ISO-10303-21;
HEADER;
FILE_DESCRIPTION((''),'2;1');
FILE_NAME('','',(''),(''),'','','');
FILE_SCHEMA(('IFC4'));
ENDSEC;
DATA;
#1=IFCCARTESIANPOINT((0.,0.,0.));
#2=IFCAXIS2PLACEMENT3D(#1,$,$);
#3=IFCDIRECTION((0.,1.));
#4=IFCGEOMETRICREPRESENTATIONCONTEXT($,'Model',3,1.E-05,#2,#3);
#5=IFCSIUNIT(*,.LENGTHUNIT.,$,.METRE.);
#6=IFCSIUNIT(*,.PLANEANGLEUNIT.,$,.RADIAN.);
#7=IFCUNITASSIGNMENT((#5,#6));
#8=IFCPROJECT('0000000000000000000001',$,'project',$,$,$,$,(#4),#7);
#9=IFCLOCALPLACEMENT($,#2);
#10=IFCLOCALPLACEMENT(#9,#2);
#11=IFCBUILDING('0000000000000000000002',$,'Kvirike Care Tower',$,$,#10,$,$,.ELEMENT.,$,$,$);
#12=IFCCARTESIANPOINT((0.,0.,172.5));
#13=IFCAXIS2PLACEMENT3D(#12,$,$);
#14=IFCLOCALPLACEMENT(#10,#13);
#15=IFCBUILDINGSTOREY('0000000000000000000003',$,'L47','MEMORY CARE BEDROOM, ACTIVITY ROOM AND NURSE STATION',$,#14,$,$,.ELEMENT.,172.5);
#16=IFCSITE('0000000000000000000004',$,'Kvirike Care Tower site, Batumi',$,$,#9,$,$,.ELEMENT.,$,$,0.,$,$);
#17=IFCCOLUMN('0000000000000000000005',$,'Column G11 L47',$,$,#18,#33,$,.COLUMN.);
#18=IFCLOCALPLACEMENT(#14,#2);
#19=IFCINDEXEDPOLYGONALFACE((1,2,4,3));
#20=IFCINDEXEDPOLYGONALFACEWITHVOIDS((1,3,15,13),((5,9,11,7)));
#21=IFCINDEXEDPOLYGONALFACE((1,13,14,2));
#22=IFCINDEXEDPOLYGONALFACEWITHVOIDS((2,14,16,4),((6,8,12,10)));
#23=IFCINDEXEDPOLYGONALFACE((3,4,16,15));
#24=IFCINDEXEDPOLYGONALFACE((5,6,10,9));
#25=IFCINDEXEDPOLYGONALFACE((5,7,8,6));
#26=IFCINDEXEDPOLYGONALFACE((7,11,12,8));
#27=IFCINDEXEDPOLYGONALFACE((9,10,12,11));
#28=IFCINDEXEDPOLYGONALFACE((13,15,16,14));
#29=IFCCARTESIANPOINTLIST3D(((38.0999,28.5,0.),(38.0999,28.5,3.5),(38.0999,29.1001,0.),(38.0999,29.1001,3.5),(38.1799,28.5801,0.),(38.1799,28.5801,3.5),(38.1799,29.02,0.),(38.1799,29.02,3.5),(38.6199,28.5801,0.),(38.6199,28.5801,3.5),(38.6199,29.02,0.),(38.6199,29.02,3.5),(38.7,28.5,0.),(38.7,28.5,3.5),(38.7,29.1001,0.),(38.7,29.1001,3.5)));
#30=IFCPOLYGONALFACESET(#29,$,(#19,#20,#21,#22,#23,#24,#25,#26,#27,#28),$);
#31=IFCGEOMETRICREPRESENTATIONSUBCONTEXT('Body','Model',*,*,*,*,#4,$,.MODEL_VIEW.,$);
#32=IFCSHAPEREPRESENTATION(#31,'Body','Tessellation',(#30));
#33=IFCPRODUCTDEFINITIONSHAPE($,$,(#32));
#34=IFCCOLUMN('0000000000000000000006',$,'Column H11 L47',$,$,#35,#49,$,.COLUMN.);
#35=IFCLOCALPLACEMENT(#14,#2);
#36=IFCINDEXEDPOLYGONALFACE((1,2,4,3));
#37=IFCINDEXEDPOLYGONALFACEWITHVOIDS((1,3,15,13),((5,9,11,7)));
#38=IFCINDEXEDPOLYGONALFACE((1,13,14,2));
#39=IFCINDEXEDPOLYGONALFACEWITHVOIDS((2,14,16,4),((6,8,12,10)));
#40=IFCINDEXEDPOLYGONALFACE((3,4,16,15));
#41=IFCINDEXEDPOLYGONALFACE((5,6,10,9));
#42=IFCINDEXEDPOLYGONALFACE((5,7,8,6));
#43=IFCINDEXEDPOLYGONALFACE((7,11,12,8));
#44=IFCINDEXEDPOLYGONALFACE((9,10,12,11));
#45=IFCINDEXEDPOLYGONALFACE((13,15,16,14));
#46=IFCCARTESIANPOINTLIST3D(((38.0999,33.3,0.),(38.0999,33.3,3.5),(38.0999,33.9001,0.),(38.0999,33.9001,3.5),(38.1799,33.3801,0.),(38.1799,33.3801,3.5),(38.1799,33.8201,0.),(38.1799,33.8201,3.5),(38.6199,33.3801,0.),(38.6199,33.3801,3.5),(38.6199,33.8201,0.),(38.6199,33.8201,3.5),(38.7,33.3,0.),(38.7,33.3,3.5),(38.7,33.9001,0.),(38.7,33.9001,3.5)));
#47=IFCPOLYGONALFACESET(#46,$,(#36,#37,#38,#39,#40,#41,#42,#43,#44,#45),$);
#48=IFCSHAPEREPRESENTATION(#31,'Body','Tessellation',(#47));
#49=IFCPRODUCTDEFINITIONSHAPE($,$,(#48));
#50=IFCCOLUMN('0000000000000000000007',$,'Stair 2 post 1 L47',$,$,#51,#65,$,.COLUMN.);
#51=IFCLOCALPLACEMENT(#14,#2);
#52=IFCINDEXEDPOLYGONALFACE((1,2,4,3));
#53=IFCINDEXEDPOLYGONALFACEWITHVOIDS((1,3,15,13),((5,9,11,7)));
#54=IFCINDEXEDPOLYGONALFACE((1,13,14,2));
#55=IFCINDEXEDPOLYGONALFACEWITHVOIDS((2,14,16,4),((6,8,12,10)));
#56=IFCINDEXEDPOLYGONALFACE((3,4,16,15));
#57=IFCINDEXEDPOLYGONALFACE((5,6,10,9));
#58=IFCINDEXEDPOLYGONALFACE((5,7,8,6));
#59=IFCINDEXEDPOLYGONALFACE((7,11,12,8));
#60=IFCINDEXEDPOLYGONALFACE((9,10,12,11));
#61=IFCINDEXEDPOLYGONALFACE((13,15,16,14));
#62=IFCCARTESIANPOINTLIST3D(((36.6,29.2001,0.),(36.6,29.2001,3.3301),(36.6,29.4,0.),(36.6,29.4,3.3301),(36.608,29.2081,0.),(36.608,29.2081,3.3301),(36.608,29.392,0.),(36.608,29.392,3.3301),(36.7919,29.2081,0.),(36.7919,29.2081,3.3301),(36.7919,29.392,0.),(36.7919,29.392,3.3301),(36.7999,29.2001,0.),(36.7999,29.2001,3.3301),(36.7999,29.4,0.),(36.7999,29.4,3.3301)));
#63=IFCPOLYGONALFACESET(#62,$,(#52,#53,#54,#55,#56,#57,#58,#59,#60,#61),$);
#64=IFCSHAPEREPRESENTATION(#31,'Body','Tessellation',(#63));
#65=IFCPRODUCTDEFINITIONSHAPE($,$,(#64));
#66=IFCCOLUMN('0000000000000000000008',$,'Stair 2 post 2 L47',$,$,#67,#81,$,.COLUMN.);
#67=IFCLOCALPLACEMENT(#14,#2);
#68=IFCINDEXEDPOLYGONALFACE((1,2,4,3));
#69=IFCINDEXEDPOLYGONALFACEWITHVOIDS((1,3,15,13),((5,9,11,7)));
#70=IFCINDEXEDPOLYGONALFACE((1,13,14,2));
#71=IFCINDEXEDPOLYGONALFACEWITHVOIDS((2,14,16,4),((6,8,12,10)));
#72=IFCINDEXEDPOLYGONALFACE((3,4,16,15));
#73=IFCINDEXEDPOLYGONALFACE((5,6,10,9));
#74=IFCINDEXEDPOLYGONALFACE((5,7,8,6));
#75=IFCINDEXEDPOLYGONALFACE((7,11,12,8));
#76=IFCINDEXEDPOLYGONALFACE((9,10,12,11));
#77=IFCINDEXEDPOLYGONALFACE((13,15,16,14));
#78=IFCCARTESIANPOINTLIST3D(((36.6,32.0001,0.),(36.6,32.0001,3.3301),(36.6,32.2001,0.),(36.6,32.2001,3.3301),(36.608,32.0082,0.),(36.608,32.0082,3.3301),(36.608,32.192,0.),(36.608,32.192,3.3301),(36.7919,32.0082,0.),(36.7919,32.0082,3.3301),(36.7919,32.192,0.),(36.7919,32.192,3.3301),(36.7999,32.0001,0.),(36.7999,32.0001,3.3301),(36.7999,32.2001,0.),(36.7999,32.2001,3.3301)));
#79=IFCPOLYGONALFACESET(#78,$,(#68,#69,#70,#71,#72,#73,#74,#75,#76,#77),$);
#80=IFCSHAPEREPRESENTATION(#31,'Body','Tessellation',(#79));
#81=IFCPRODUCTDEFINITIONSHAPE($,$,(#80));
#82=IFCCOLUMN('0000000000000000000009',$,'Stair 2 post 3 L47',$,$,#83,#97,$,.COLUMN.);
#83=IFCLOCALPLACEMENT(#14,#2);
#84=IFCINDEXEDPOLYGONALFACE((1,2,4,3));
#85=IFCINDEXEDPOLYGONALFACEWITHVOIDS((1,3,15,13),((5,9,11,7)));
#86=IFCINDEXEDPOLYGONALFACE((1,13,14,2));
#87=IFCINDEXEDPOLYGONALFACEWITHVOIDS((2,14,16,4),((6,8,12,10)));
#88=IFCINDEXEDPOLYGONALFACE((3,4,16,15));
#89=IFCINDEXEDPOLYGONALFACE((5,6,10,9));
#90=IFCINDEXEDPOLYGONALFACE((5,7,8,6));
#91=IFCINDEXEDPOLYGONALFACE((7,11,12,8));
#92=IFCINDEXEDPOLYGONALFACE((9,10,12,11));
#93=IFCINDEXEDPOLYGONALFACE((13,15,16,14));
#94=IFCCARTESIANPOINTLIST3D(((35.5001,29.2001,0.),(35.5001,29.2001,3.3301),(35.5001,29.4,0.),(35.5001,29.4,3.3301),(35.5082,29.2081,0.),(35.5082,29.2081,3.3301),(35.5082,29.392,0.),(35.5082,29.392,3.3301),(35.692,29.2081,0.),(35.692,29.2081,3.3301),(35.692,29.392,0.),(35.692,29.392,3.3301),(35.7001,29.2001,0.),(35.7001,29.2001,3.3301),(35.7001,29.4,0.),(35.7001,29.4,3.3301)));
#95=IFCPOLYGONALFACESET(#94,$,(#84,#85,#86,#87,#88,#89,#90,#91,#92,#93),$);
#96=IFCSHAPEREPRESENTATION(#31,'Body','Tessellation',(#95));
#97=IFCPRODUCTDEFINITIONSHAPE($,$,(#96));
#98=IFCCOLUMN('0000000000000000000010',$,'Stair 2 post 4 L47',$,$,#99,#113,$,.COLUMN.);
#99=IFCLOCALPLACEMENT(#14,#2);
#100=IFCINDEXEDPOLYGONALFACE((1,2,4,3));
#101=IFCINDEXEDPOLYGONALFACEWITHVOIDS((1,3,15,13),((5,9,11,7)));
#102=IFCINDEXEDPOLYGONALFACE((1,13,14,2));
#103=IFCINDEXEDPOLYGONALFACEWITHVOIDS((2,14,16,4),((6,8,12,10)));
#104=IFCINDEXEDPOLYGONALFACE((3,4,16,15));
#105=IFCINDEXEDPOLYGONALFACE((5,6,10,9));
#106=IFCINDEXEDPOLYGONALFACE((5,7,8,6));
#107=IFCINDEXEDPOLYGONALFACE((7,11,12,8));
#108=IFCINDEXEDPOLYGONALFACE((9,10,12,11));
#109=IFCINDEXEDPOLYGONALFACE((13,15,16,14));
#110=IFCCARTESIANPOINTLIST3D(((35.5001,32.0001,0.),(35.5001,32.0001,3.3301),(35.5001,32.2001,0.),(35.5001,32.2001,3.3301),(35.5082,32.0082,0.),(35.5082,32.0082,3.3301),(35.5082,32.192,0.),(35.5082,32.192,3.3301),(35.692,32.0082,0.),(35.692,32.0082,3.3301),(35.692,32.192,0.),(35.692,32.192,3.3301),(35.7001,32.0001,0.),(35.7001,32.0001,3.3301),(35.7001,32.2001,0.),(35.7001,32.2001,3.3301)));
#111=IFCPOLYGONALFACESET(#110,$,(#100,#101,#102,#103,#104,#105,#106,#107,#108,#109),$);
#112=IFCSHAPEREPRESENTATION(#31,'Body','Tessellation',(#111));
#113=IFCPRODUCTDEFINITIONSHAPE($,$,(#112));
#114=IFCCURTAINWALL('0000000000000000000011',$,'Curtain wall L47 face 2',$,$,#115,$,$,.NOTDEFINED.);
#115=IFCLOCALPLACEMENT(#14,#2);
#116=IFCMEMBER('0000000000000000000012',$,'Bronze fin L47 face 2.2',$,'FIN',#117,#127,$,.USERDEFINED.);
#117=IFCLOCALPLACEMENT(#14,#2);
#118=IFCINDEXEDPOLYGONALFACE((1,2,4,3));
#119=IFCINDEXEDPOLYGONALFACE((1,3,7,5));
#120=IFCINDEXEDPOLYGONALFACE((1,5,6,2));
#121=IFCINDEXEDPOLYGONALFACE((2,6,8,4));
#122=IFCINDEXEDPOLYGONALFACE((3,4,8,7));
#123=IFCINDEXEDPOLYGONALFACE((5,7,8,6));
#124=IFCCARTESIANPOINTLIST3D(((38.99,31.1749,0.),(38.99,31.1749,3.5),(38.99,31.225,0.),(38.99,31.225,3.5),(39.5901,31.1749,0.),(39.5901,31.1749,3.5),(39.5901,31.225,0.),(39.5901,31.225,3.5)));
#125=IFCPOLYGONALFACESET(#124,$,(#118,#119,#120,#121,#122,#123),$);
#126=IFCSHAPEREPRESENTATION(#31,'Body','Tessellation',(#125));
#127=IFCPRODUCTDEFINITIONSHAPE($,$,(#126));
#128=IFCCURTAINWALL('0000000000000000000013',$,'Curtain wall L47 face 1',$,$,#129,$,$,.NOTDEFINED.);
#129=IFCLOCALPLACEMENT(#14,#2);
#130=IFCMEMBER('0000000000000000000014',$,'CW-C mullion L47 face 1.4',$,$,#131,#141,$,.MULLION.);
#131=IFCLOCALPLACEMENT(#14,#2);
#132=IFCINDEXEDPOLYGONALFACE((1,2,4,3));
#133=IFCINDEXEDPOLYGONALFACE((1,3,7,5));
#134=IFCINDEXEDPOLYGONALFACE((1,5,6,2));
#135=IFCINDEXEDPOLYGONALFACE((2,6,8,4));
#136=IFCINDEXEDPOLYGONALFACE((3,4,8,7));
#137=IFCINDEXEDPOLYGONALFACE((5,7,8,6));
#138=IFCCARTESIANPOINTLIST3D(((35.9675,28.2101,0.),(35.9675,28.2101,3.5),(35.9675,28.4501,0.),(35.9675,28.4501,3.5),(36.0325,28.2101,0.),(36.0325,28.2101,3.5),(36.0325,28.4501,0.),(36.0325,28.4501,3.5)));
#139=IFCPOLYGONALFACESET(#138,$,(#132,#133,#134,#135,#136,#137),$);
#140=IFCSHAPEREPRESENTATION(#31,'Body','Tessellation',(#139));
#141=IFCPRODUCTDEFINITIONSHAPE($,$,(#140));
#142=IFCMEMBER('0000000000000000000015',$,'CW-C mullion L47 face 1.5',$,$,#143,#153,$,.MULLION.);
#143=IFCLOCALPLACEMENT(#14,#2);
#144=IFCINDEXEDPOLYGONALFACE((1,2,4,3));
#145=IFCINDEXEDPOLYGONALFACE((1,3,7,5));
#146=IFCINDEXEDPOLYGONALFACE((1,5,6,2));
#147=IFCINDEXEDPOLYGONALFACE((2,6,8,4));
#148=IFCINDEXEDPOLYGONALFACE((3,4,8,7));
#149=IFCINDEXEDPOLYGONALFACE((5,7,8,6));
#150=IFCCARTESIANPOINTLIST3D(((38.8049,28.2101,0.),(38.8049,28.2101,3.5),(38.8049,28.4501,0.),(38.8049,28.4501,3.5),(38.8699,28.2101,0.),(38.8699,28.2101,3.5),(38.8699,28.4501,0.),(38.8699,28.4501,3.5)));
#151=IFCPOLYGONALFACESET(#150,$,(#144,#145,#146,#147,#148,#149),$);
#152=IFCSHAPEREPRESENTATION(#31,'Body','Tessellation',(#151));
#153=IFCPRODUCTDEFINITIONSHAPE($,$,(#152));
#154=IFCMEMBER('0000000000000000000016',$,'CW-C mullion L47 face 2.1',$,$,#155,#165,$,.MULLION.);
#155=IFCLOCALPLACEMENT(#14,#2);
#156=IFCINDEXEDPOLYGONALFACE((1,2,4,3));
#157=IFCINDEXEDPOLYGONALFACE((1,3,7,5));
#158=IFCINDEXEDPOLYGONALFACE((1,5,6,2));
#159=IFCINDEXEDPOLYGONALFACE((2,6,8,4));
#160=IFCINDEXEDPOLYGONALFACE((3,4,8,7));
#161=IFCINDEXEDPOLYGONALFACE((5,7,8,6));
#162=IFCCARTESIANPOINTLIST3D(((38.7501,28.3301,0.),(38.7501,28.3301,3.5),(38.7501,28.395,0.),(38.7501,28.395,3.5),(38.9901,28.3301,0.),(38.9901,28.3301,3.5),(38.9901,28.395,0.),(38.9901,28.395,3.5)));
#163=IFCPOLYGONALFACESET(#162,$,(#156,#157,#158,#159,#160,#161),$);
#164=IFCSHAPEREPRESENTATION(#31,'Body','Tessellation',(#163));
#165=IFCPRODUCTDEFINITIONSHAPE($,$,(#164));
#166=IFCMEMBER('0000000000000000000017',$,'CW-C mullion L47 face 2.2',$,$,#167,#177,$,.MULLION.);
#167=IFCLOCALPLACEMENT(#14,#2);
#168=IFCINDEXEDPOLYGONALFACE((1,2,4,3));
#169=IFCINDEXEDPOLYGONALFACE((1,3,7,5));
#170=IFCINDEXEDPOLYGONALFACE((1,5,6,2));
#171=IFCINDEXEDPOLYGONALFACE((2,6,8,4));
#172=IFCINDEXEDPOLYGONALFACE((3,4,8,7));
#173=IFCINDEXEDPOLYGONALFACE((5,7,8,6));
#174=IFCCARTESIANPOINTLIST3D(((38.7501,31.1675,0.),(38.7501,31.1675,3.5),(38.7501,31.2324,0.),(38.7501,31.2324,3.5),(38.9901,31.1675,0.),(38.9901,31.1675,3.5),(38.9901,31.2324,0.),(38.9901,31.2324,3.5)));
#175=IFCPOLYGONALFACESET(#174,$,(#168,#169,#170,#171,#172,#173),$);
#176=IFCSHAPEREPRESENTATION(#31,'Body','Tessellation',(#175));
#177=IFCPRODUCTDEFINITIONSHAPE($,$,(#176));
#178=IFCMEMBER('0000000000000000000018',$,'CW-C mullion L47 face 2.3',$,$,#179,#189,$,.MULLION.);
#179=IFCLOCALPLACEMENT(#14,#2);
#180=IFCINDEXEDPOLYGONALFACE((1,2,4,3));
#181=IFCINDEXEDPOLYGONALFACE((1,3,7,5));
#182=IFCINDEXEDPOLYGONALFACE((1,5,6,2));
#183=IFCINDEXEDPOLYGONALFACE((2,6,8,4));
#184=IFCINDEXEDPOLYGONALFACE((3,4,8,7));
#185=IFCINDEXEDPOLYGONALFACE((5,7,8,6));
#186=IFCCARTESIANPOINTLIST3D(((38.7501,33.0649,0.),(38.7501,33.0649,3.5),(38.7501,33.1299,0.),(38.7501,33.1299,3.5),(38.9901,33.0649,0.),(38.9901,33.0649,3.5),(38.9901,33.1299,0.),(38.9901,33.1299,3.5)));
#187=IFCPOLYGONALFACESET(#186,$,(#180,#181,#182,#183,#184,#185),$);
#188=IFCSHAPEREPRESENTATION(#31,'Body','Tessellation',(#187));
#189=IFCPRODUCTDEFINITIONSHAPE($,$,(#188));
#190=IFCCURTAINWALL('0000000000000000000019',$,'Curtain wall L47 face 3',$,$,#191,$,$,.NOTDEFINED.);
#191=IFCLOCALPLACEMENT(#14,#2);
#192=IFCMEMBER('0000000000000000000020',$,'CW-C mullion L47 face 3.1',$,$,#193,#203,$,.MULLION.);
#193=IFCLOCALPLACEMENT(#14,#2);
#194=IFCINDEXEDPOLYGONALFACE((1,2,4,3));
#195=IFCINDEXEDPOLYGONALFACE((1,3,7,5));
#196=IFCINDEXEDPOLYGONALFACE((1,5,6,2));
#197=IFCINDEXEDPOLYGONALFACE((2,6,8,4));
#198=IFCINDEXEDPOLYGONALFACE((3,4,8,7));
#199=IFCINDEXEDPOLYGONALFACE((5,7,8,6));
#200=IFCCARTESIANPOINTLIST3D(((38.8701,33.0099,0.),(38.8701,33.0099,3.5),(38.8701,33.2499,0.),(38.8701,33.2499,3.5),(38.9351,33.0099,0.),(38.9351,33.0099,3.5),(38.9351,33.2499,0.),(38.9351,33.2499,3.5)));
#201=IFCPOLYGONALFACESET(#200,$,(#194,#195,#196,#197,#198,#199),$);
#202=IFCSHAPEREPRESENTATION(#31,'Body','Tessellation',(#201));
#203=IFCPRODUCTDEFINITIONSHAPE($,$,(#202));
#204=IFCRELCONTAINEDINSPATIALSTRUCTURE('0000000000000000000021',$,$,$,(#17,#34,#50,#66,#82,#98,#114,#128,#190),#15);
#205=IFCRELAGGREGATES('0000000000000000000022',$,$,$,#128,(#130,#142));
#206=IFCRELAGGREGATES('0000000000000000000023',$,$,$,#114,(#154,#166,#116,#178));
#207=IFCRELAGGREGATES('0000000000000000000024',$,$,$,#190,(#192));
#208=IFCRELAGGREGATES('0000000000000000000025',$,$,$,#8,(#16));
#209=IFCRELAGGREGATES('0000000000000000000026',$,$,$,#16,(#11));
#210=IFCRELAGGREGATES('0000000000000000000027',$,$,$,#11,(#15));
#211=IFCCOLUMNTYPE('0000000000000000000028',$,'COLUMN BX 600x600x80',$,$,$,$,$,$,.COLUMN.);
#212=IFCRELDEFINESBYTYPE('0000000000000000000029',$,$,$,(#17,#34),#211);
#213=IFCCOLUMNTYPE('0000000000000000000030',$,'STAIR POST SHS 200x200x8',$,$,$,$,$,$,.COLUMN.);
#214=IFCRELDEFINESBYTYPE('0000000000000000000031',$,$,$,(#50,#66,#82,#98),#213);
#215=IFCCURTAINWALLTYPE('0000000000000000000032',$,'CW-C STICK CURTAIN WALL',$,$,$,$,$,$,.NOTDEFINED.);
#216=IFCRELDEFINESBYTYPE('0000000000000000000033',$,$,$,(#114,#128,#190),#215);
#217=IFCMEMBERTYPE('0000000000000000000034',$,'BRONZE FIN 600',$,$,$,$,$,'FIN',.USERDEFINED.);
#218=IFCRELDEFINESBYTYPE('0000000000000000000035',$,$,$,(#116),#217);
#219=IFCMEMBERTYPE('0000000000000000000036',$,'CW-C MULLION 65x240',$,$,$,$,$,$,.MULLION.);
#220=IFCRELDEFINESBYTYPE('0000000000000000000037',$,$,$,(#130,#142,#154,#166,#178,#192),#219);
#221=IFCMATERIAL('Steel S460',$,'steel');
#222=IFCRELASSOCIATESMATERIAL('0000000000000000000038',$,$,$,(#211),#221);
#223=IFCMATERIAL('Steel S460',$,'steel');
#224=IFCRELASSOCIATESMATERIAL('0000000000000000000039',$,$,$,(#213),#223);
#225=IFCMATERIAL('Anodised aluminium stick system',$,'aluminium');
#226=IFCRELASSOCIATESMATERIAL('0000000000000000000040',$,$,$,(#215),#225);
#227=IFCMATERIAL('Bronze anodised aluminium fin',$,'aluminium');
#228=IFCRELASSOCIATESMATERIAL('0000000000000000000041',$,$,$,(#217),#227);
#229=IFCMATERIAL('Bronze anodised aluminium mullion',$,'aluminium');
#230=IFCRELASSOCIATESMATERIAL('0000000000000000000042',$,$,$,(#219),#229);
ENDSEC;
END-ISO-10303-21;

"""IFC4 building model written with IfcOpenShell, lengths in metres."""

from ifc_helpers import new_model, si_unit, direction, frame, origin, origin_2d, place, context, subcontext, project, spatial, rectangle, hollow_rectangle, extrude, material, material_profile, profile_set, type_object, element, aggregate, save


model = new_model("IFC4")

# Units and contexts
model_context = context("Model", 3, precision=1e-05, world=origin(), true_north=direction((0.0, 1.0)))
body_context = subcontext(model_context, "Body", "Model", "MODEL_VIEW")
ifc_project = project(units=[si_unit("LENGTHUNIT", "METRE"), si_unit("PLANEANGLEUNIT", "RADIAN")], contexts=[model_context])

# Site, building, storey
site_placement = place(None, origin())
site = spatial("IfcSite", under=ifc_project, at=site_placement, Name="Kvirike Care Tower site, Batumi", CompositionType="ELEMENT", RefElevation=0.0)
building_placement = place(site_placement, origin())
building = spatial("IfcBuilding", under=site, at=building_placement, Name="Kvirike Care Tower", CompositionType="ELEMENT")
storey_placement = place(building_placement, frame((0.0, 0.0, 172.5)))
storey = spatial("IfcBuildingStorey", under=building, at=storey_placement, Name="L47", Description="MEMORY CARE BEDROOM, ACTIVITY ROOM AND NURSE STATION", CompositionType="ELEMENT", Elevation=172.5)

# Columns
ifc_material_1 = material(Name="Steel S460", Category="steel")
ifc_material_profile_1 = material_profile(ifc_material_1, hollow_rectangle(XDim=0.6001, YDim=0.6001, WallThickness=0.0801, at=origin_2d()), Name="BX 600x600x80")
ifc_profile_set_1 = profile_set([ifc_material_profile_1], Name="Steel S460")
column_type_1 = type_object("IfcColumnType", Name="COLUMN BX 600x600x80", PredefinedType="COLUMN", material=ifc_profile_set_1)
for number, where, z_axis, x_axis, name in (
    (1, (38.3999, 28.8, 0.0), (0.0, 0.0, 1.0), (0.0, 1.0, 0.0), "Column G11 L47"),
    (2, (38.3999, 33.6001, 0.0), (0.0, 0.0, 1.0), (0.0, 1.0, 0.0), "Column H11 L47"),
):
    element("IfcColumn", number, at=place(storey_placement, frame(where, z_axis=z_axis, x_axis=x_axis)), inside=storey, type_object=column_type_1, Name=name, PredefinedType="COLUMN", context=body_context, shape_type="SweptSolid", body=[
        extrude(hollow_rectangle(XDim=0.6001, YDim=0.6001, WallThickness=0.0801, at=origin_2d()), origin(), (0.0, 0.0, 1.0), 3.5),
    ])
ifc_material_2 = material(Name="Steel S460", Category="steel")
ifc_material_profile_2 = material_profile(ifc_material_2, hollow_rectangle(XDim=0.2, YDim=0.2, WallThickness=0.0081, at=origin_2d()), Name="SHS 200x200x8")
ifc_profile_set_2 = profile_set([ifc_material_profile_2], Name="Steel S460")
column_type_2 = type_object("IfcColumnType", Name="STAIR POST SHS 200x200x8", PredefinedType="COLUMN", material=ifc_profile_set_2)
for number, where, z_axis, x_axis, name in (
    (3, (36.7, 29.3, 0.0), (0.0, 0.0, 1.0), (1.0, 0.0, 0.0), "Stair 2 post 1 L47"),
    (4, (36.7, 32.1001, 0.0), (0.0, 0.0, 1.0), (1.0, 0.0, 0.0), "Stair 2 post 2 L47"),
    (5, (35.6001, 29.3, 0.0), (0.0, 0.0, 1.0), (1.0, 0.0, 0.0), "Stair 2 post 3 L47"),
    (6, (35.6001, 32.1001, 0.0), (0.0, 0.0, 1.0), (1.0, 0.0, 0.0), "Stair 2 post 4 L47"),
):
    element("IfcColumn", number, at=place(storey_placement, frame(where, z_axis=z_axis, x_axis=x_axis)), inside=storey, type_object=column_type_2, Name=name, PredefinedType="COLUMN", context=body_context, shape_type="SweptSolid", body=[
        extrude(hollow_rectangle(XDim=0.2, YDim=0.2, WallThickness=0.0081, at=origin_2d()), origin(), (0.0, 0.0, 1.0), 3.3301),
    ])

# Curtain wall, member
ifc_material_3 = material(Name="Anodised aluminium stick system", Category="aluminium")
curtain_wall_type = type_object("IfcCurtainWallType", Name="CW-C STICK CURTAIN WALL", PredefinedType="NOTDEFINED", material=ifc_material_3)
curtain_wall_1_placement = place(storey_placement, origin())
curtain_wall_1 = element("IfcCurtainWall", 7, at=curtain_wall_1_placement, inside=storey, type_object=curtain_wall_type, Name="Curtain wall L47 face 2", PredefinedType="NOTDEFINED")
ifc_material_4 = material(Name="Bronze anodised aluminium fin", Category="aluminium")
ifc_material_profile_3 = material_profile(ifc_material_4, rectangle(XDim=0.05, YDim=0.6001, at=origin_2d()), Name="BRONZE FIN 600")
ifc_profile_set_3 = profile_set([ifc_material_profile_3], Name="Bronze anodised aluminium fin")
member_type_1 = type_object("IfcMemberType", Name="BRONZE FIN 600", ElementType="FIN", PredefinedType="USERDEFINED", material=ifc_profile_set_3)
member_1_placement = place(storey_placement, frame((39.29, 31.2, 0.0), z_axis=(0.0, 0.0, 1.0), x_axis=(0.0, 1.0, 0.0)))
member_1 = element("IfcMember", 8, at=member_1_placement, type_object=member_type_1, Name="Bronze fin L47 face 2.2", ObjectType="FIN", PredefinedType="USERDEFINED", context=body_context, shape_type="SweptSolid", body=[
    extrude(rectangle(XDim=0.05, YDim=0.6001, at=origin_2d()), origin(), (0.0, 0.0, 1.0), 3.5),
])

# Curtain wall, members
curtain_wall_2_placement = place(storey_placement, origin())
curtain_wall_2 = element("IfcCurtainWall", 9, at=curtain_wall_2_placement, inside=storey, type_object=curtain_wall_type, Name="Curtain wall L47 face 1", PredefinedType="NOTDEFINED")
ifc_material_5 = material(Name="Bronze anodised aluminium mullion", Category="aluminium")
ifc_material_profile_4 = material_profile(ifc_material_5, rectangle(XDim=0.0649, YDim=0.24, at=origin_2d()), Name="CW-C MULLION 65x240")
ifc_profile_set_4 = profile_set([ifc_material_profile_4], Name="Bronze anodised aluminium mullion")
member_type_2 = type_object("IfcMemberType", Name="CW-C MULLION 65x240", PredefinedType="MULLION", material=ifc_profile_set_4)
member_2_placement = place(storey_placement, frame((36.0, 28.3301, 0.0), z_axis=(0.0, 0.0, 1.0), x_axis=(1.0, 0.0, 0.0)))
member_2 = element("IfcMember", 10, at=member_2_placement, type_object=member_type_2, Name="CW-C mullion L47 face 1.4", PredefinedType="MULLION", context=body_context, shape_type="SweptSolid", body=[
    extrude(rectangle(XDim=0.0649, YDim=0.24, at=origin_2d()), origin(), (0.0, 0.0, 1.0), 3.5),
])
member_3_placement = place(storey_placement, frame((38.8374, 28.3301, 0.0), z_axis=(0.0, 0.0, 1.0), x_axis=(1.0, 0.0, 0.0)))
member_3 = element("IfcMember", 11, at=member_3_placement, type_object=member_type_2, Name="CW-C mullion L47 face 1.5", PredefinedType="MULLION", context=body_context, shape_type="SweptSolid", body=[
    extrude(rectangle(XDim=0.0649, YDim=0.24, at=origin_2d()), origin(), (0.0, 0.0, 1.0), 3.5),
])

# Members
member_4_placement = place(storey_placement, frame((38.8701, 28.3625, 0.0), z_axis=(0.0, 0.0, 1.0), x_axis=(0.0, 1.0, 0.0)))
member_4 = element("IfcMember", 12, at=member_4_placement, type_object=member_type_2, Name="CW-C mullion L47 face 2.1", PredefinedType="MULLION", context=body_context, shape_type="SweptSolid", body=[
    extrude(rectangle(XDim=0.0649, YDim=0.24, at=origin_2d()), origin(), (0.0, 0.0, 1.0), 3.5),
])
member_5_placement = place(storey_placement, frame((38.8701, 31.2, 0.0), z_axis=(0.0, 0.0, 1.0), x_axis=(0.0, 1.0, 0.0)))
member_5 = element("IfcMember", 13, at=member_5_placement, type_object=member_type_2, Name="CW-C mullion L47 face 2.2", PredefinedType="MULLION", context=body_context, shape_type="SweptSolid", body=[
    extrude(rectangle(XDim=0.0649, YDim=0.24, at=origin_2d()), origin(), (0.0, 0.0, 1.0), 3.5),
])
member_6_placement = place(storey_placement, frame((38.8701, 33.0974, 0.0), z_axis=(0.0, 0.0, 1.0), x_axis=(0.0, 1.0, 0.0)))
member_6 = element("IfcMember", 14, at=member_6_placement, type_object=member_type_2, Name="CW-C mullion L47 face 2.3", PredefinedType="MULLION", context=body_context, shape_type="SweptSolid", body=[
    extrude(rectangle(XDim=0.0649, YDim=0.24, at=origin_2d()), origin(), (0.0, 0.0, 1.0), 3.5),
])

# Curtain wall, member
curtain_wall_3_placement = place(storey_placement, origin())
curtain_wall_3 = element("IfcCurtainWall", 15, at=curtain_wall_3_placement, inside=storey, type_object=curtain_wall_type, Name="Curtain wall L47 face 3", PredefinedType="NOTDEFINED")
member_7_placement = place(storey_placement, frame((38.9026, 33.1299, 0.0), z_axis=(0.0, 0.0, 1.0), x_axis=(1.0, 0.0, 0.0)))
member_7 = element("IfcMember", 16, at=member_7_placement, type_object=member_type_2, Name="CW-C mullion L47 face 3.1", PredefinedType="MULLION", context=body_context, shape_type="SweptSolid", body=[
    extrude(rectangle(XDim=0.0649, YDim=0.24, at=origin_2d()), origin(), (0.0, 0.0, 1.0), 3.5),
])

aggregate(curtain_wall_2, [member_2, member_3])
aggregate(curtain_wall_1, [member_4, member_5, member_1, member_6])
aggregate(curtain_wall_3, [member_7])

save(model, "model.ifc")
